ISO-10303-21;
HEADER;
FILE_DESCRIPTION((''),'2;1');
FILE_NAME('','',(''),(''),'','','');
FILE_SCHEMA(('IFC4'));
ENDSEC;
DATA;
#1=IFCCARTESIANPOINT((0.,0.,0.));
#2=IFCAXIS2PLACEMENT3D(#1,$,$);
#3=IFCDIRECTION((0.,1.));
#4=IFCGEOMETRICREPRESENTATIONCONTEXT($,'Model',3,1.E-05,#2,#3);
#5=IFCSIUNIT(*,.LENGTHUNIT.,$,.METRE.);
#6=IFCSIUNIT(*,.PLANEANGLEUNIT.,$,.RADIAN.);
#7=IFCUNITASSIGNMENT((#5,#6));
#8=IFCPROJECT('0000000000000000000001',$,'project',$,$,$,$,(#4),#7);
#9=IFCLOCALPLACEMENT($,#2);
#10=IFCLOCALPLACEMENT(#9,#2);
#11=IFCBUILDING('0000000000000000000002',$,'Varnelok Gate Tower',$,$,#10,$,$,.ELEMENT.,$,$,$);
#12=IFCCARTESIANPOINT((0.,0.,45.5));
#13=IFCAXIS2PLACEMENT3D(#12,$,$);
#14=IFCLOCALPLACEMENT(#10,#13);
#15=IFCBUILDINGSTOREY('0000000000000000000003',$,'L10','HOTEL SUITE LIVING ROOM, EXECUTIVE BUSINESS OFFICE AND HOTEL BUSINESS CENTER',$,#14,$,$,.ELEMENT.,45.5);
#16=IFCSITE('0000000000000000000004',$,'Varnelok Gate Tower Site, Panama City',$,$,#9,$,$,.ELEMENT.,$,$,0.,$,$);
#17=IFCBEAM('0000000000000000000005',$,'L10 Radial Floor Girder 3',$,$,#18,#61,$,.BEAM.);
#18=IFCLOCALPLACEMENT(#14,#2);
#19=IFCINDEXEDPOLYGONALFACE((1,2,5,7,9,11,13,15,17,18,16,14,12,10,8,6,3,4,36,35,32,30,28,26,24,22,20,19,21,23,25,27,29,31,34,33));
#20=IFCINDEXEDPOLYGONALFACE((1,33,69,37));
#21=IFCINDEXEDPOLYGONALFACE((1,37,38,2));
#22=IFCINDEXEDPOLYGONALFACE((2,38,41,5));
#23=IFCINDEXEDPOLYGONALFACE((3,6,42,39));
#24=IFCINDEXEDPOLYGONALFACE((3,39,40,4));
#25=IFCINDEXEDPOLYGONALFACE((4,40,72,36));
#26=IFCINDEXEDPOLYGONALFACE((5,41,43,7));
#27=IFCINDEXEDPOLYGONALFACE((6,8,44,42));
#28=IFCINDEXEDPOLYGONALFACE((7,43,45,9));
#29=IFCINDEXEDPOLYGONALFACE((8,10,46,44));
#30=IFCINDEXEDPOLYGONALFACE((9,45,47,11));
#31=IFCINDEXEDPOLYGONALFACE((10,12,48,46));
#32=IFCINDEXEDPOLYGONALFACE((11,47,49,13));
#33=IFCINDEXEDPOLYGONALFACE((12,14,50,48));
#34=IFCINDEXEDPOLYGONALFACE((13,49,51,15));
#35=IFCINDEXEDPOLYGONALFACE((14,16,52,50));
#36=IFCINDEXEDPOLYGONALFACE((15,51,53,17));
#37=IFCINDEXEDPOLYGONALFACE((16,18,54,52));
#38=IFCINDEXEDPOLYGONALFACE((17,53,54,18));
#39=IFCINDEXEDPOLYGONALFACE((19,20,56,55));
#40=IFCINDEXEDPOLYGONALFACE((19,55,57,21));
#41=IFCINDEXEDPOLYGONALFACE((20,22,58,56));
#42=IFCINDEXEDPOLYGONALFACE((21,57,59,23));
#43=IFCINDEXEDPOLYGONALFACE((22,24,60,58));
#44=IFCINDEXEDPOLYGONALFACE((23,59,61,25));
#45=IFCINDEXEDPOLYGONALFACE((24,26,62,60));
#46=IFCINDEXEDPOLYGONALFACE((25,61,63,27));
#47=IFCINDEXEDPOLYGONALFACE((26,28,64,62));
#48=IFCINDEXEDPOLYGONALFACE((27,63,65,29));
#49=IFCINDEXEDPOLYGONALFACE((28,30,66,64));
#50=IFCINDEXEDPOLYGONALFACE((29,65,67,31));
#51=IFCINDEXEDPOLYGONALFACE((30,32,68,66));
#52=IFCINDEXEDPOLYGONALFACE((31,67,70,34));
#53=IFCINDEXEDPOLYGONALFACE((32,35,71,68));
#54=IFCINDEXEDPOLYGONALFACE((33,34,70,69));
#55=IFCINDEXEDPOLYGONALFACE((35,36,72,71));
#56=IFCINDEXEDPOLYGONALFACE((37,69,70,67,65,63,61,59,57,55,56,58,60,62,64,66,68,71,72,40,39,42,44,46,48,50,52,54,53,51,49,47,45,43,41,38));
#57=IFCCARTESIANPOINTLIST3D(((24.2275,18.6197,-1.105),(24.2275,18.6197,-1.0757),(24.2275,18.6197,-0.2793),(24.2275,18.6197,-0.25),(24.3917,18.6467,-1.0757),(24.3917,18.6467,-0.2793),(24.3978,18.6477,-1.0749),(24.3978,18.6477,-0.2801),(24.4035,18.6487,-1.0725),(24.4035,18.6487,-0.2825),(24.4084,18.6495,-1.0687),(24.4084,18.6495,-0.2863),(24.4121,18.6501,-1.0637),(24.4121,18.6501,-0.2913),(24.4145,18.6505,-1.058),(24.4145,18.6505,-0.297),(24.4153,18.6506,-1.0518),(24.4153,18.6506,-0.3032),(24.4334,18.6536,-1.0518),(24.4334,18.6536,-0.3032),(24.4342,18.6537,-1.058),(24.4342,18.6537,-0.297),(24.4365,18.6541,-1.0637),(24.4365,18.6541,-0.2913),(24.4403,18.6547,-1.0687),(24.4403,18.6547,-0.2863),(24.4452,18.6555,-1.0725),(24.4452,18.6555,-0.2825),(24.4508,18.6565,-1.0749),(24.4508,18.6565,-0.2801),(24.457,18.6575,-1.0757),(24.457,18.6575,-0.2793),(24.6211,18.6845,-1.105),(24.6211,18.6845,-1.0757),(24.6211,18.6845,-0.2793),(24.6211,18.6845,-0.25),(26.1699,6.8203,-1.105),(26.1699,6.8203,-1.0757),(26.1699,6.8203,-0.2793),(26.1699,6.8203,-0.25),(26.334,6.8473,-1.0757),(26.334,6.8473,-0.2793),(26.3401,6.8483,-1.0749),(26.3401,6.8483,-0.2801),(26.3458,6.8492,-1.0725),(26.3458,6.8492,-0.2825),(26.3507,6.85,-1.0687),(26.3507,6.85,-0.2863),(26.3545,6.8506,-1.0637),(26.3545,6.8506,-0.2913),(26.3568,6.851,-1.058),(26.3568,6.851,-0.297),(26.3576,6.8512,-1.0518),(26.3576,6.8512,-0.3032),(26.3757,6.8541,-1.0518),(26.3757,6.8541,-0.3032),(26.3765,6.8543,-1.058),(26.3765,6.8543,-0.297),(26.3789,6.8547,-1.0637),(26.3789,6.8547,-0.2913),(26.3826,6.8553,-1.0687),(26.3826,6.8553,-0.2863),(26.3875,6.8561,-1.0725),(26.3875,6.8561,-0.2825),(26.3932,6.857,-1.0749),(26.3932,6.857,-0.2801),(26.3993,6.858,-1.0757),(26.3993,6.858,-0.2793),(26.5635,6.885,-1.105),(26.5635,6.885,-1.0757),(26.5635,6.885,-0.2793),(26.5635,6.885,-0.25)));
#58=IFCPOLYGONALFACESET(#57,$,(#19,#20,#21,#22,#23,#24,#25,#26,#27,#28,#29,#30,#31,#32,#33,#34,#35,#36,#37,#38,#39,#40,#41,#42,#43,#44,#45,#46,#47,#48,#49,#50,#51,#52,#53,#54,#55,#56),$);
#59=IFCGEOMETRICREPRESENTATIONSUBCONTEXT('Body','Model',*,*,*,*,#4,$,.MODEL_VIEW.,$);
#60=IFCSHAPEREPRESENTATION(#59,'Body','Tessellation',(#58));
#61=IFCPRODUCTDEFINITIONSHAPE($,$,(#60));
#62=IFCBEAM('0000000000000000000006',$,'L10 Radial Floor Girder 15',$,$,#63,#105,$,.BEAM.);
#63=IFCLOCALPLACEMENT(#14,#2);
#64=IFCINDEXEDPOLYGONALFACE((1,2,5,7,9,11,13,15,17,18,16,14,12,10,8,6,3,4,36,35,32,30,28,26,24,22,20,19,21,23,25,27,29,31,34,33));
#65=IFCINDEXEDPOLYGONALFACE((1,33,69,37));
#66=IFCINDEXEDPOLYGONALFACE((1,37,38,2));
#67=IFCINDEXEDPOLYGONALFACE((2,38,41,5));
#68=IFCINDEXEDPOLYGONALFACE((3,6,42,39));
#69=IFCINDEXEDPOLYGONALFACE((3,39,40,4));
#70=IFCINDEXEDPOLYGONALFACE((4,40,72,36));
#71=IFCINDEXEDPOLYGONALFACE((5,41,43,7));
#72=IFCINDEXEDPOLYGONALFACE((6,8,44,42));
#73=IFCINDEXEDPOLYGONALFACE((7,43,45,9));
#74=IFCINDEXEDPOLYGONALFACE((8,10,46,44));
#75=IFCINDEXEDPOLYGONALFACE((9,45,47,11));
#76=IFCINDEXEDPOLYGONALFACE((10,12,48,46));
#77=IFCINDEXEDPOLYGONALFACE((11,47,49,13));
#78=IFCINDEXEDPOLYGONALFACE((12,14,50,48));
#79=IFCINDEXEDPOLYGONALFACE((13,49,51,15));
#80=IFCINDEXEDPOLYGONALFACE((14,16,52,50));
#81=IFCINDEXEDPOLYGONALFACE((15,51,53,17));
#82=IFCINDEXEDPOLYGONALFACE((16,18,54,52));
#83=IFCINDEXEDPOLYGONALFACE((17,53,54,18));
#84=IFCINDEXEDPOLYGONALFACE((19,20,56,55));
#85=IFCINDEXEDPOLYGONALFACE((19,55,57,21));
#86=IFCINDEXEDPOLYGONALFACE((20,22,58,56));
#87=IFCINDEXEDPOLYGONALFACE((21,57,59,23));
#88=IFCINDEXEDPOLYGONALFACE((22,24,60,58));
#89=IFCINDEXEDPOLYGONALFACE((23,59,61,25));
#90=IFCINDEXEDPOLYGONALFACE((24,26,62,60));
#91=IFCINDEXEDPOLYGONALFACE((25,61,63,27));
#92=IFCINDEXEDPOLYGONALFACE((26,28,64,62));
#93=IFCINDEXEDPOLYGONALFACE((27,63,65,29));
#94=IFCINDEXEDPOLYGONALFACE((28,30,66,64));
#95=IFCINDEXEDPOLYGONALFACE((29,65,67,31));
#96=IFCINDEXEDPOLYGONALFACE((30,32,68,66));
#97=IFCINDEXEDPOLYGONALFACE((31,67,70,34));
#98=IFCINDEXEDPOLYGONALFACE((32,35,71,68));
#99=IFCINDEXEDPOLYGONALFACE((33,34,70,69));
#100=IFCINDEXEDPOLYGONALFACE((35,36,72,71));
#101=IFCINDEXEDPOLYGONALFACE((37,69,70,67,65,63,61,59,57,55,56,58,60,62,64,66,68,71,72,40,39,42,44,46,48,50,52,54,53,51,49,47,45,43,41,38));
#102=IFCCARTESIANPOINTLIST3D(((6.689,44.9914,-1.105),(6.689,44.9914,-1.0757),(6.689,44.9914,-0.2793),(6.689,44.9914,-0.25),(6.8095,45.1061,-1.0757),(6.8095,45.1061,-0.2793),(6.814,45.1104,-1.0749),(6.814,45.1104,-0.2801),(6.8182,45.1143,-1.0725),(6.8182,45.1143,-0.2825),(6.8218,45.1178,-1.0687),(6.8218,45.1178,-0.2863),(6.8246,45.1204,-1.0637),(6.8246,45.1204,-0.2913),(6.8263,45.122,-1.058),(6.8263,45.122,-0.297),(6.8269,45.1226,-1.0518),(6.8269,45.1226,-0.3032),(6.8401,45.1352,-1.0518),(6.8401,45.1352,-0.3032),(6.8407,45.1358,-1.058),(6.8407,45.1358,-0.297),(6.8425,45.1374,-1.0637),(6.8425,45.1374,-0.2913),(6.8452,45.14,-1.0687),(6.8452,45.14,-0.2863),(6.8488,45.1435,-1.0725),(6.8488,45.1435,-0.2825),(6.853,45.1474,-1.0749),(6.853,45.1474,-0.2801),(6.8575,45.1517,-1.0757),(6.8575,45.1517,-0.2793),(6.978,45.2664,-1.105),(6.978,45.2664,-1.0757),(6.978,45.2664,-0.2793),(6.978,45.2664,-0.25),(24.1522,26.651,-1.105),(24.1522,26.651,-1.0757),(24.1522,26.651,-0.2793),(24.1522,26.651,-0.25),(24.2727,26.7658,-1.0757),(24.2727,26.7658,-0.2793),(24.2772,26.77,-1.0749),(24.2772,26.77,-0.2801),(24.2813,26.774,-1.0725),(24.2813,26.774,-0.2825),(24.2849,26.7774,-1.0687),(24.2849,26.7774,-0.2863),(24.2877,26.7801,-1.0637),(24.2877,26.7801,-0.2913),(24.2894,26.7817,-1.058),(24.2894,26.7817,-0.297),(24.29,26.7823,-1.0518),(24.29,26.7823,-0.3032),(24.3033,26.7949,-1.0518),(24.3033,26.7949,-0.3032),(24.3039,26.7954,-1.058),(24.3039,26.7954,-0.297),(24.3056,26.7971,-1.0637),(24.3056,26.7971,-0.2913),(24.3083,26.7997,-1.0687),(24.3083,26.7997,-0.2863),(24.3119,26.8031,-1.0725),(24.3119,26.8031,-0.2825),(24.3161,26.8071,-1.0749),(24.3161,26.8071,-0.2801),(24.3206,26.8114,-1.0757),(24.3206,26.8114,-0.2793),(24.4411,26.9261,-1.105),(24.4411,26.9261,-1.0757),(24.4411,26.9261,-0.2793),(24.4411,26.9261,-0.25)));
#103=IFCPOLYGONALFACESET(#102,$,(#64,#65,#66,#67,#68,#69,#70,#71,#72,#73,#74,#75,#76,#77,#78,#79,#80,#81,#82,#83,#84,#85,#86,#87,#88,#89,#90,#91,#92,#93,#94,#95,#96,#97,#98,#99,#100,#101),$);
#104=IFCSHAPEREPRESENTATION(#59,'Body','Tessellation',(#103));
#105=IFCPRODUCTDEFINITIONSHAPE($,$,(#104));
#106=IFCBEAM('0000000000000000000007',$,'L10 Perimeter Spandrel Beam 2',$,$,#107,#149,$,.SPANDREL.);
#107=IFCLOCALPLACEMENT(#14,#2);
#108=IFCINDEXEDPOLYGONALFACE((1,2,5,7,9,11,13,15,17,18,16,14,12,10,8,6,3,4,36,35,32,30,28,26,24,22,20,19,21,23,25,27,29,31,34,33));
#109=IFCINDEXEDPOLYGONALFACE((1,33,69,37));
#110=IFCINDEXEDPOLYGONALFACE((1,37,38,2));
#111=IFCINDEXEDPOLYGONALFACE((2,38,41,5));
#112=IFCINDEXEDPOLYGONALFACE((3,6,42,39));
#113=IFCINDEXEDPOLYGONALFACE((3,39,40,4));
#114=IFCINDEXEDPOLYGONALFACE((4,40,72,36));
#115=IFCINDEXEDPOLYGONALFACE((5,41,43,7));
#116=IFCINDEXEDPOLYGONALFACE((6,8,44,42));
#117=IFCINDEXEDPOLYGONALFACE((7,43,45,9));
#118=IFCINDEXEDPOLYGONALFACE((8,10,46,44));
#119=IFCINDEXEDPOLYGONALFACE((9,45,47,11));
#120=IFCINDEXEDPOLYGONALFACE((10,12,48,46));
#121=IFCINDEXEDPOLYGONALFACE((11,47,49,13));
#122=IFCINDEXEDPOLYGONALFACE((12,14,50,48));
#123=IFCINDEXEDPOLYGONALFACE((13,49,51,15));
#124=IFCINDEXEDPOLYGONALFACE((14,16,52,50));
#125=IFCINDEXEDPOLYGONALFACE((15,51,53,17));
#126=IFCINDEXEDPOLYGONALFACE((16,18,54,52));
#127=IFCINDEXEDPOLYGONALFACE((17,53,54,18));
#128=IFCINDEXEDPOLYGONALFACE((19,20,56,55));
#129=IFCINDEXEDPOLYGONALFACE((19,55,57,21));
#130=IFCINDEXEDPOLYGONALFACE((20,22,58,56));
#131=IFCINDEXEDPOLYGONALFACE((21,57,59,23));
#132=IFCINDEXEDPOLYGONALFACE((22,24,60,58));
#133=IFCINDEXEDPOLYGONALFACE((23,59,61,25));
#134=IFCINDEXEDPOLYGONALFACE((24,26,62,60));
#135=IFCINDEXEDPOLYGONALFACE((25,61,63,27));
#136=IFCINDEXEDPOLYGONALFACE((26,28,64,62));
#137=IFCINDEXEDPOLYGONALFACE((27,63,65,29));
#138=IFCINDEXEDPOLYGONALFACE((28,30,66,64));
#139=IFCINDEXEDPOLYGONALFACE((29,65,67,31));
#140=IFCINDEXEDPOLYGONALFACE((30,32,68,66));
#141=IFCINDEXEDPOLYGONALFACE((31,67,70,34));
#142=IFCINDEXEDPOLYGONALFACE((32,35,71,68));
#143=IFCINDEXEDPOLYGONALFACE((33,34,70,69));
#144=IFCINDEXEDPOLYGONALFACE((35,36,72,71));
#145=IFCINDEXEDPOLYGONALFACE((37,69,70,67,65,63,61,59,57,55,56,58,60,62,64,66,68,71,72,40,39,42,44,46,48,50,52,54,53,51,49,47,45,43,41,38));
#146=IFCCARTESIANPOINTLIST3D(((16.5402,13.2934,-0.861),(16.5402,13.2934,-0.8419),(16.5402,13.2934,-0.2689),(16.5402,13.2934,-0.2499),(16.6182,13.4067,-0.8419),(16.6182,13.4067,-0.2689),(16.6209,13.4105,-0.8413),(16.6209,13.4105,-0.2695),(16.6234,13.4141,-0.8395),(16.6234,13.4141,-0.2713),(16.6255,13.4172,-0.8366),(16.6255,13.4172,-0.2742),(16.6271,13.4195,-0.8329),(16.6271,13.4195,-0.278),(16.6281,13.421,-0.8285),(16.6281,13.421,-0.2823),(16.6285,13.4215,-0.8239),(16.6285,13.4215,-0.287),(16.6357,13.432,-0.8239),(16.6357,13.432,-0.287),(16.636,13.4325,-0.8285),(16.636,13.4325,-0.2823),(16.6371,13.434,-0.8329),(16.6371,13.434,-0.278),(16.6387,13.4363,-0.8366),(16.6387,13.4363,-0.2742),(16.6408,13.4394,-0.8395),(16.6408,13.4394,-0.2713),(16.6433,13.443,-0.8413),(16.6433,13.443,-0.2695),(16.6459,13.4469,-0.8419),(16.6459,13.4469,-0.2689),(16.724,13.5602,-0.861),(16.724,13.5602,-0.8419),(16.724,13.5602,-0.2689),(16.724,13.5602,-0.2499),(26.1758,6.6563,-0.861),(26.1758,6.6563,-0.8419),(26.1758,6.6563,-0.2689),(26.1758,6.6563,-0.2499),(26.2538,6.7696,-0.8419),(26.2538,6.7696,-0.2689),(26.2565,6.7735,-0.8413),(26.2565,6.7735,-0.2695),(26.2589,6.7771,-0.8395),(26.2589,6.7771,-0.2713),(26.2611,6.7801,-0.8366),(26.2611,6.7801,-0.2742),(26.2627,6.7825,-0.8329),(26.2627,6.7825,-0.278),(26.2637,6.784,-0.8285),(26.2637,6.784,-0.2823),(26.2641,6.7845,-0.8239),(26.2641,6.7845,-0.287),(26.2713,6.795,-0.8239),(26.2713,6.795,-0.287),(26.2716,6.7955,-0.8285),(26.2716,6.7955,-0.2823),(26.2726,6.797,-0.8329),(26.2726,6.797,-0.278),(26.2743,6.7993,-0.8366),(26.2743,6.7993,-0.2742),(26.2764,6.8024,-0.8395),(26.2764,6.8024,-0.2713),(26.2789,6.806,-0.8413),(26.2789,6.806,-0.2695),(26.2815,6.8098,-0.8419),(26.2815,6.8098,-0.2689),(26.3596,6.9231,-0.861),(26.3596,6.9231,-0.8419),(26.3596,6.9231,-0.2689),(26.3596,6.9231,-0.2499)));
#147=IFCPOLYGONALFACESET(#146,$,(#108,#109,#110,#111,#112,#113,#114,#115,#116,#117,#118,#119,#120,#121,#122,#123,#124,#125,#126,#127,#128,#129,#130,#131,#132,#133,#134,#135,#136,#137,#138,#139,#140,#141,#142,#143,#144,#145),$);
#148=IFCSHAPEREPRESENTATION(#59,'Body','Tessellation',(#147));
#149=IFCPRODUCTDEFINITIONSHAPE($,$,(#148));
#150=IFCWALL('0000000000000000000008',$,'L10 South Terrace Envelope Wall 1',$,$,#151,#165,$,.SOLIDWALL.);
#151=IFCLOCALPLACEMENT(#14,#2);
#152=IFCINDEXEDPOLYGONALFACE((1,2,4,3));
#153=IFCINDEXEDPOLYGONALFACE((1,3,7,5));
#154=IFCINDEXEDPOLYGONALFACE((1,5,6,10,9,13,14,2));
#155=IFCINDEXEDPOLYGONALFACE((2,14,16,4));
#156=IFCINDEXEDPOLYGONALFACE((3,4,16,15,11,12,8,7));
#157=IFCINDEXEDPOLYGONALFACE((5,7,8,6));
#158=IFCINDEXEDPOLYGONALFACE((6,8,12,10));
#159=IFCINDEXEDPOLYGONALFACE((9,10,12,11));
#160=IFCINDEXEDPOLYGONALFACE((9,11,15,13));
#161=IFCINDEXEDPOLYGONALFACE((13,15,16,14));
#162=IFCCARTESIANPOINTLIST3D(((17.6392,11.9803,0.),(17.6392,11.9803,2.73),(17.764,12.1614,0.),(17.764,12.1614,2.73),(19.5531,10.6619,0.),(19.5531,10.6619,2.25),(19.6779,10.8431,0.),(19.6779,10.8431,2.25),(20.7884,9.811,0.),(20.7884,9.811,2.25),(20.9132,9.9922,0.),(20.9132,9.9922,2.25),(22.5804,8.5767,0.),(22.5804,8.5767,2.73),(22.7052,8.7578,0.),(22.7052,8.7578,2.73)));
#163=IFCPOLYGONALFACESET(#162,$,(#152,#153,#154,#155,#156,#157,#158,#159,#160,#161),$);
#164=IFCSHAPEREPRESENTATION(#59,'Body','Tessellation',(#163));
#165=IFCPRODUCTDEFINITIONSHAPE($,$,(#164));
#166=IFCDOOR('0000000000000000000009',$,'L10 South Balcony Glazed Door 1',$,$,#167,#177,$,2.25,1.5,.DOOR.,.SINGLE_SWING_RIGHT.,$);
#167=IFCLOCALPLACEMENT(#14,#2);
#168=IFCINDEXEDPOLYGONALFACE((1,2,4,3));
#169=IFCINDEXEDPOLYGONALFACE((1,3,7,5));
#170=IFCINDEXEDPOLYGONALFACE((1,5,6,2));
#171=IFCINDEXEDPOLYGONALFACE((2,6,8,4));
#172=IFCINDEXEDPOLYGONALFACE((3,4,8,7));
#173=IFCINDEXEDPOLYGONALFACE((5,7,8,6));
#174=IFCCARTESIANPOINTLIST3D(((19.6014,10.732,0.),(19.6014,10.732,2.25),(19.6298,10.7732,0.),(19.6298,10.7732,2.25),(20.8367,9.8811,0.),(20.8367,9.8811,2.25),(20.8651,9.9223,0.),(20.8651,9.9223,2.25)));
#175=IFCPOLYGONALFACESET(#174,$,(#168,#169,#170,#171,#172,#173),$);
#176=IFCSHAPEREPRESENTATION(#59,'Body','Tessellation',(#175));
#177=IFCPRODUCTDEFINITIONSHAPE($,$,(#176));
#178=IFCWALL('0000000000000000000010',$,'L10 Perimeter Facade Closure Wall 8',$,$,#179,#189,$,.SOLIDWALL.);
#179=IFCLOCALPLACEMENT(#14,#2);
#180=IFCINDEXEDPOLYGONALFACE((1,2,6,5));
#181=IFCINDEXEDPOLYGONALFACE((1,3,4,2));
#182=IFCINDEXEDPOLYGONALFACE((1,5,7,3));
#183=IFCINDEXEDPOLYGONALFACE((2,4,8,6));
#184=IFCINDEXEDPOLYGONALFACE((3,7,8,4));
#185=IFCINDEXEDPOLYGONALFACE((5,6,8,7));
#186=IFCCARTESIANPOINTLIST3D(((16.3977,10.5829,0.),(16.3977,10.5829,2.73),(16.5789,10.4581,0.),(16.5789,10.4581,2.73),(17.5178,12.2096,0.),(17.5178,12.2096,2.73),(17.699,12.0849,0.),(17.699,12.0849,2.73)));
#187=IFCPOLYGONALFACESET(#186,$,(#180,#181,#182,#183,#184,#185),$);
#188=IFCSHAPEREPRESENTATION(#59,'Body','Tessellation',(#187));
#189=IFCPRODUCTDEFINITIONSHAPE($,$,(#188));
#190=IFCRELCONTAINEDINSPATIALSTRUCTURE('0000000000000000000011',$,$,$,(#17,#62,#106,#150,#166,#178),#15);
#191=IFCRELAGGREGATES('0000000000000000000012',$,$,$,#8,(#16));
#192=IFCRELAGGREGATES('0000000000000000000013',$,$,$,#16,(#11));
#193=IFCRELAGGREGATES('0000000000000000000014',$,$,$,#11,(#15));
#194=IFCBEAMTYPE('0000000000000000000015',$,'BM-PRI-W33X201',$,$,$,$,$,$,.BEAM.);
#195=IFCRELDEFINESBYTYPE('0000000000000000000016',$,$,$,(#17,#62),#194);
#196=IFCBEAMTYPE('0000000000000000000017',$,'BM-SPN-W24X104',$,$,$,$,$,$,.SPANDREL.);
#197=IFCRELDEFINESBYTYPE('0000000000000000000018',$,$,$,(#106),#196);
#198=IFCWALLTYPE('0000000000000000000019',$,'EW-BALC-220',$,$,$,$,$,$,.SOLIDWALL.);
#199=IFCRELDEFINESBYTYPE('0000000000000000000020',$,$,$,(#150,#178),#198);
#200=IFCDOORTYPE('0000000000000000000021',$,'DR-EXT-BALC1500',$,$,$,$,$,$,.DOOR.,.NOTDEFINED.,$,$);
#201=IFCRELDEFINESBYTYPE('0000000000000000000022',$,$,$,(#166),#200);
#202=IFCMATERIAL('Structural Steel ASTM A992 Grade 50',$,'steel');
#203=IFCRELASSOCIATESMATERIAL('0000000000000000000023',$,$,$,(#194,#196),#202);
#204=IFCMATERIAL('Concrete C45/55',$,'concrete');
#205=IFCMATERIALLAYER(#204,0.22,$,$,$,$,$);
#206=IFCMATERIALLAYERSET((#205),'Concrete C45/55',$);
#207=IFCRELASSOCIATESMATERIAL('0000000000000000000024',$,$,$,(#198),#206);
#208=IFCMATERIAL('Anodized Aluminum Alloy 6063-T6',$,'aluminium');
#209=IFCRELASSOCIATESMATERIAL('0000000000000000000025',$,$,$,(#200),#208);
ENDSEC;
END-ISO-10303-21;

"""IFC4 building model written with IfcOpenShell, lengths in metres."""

from ifc_helpers import new_model, si_unit, direction, frame, frame_2d, origin, origin_2d, place, context, subcontext, project, spatial, rectangle, i_section, extrude, material, layer, layer_set, material_profile, profile_set, type_object, element, fill, save


model = new_model("IFC4")

# Units and contexts
model_context = context("Model", 3, precision=1e-05, world=origin(), true_north=direction((0.0, 1.0)))
body_context = subcontext(model_context, "Body", "Model", "MODEL_VIEW")
ifc_project = project(units=[si_unit("LENGTHUNIT", "METRE"), si_unit("PLANEANGLEUNIT", "RADIAN")], contexts=[model_context])

# Site, building, storey
site_placement = place(None, origin())
site = spatial("IfcSite", under=ifc_project, at=site_placement, Name="Varnelok Gate Tower Site, Panama City", CompositionType="ELEMENT", RefElevation=0.0)
building_placement = place(site_placement, origin())
building = spatial("IfcBuilding", under=site, at=building_placement, Name="Varnelok Gate Tower", CompositionType="ELEMENT")
storey_placement = place(building_placement, frame((0.0, 0.0, 45.5)))
storey = spatial("IfcBuildingStorey", under=building, at=storey_placement, Name="L10", Description="HOTEL SUITE LIVING ROOM, EXECUTIVE BUSINESS OFFICE AND HOTEL BUSINESS CENTER", CompositionType="ELEMENT", Elevation=45.5)

# Shared definitions
ifc_material_1 = material(Name="Structural Steel ASTM A992 Grade 50", Category="steel")

# Beams
ifc_material_profile_1 = material_profile(ifc_material_1, i_section(OverallWidth=0.3989, OverallDepth=0.855, WebThickness=0.0183, FlangeThickness=0.0293, FilletRadius=0.0239, at=origin_2d()), Name="W33X201")
ifc_profile_set_1 = profile_set([ifc_material_profile_1], Name="Structural Steel ASTM A992 Grade 50")
beam_type_1 = type_object("IfcBeamType", Name="BM-PRI-W33X201", PredefinedType="BEAM", material=ifc_profile_set_1)
beam_1_placement = place(storey_placement, frame((24.4243, 18.6521, -0.6775), z_axis=(0.162429, -0.98672, 0.0), x_axis=(0.98672, 0.162429, 0.0)))
element("IfcBeam", 1, at=beam_1_placement, inside=storey, type_object=beam_type_1, Name="L10 Radial Floor Girder 3", PredefinedType="BEAM", context=body_context, shape_type="SweptSolid", body=[
    extrude(i_section(OverallWidth=0.3989, OverallDepth=0.855, WebThickness=0.0183, FlangeThickness=0.0293, FilletRadius=0.0239, at=origin_2d()), origin(), (0.0, 0.0, 1.0), 11.9583),
])
beam_2_placement = place(storey_placement, frame((24.2966, 26.7886, -0.6775), z_axis=(-0.689575, 0.724214, 0.0), x_axis=(-0.724214, -0.689575, 0.0)))
element("IfcBeam", 2, at=beam_2_placement, inside=storey, type_object=beam_type_1, Name="L10 Radial Floor Girder 15", PredefinedType="BEAM", context=body_context, shape_type="SweptSolid", body=[
    extrude(i_section(OverallWidth=0.3989, OverallDepth=0.855, WebThickness=0.0183, FlangeThickness=0.0293, FilletRadius=0.0239, at=origin_2d()), origin(), (0.0, 0.0, 1.0), 25.3245),
])
ifc_material_profile_2 = material_profile(ifc_material_1, i_section(OverallWidth=0.324, OverallDepth=0.6111, WebThickness=0.0127, FlangeThickness=0.019, FilletRadius=0.0181, at=origin_2d()), Name="W24X104")
ifc_profile_set_2 = profile_set([ifc_material_profile_2], Name="Structural Steel ASTM A992 Grade 50")
beam_type_2 = type_object("IfcBeamType", Name="BM-SPN-W24X104", PredefinedType="SPANDREL", material=ifc_profile_set_2)
beam_3_placement = place(storey_placement, frame((16.6321, 13.4268, -0.5554), z_axis=(0.823541, -0.567257, 0.0), x_axis=(0.567257, 0.823541, 0.0)))
element("IfcBeam", 3, at=beam_3_placement, inside=storey, type_object=beam_type_2, Name="L10 Perimeter Spandrel Beam 2", PredefinedType="SPANDREL", context=body_context, shape_type="SweptSolid", body=[
    extrude(i_section(OverallWidth=0.324, OverallDepth=0.6111, WebThickness=0.0127, FlangeThickness=0.019, FilletRadius=0.0181, at=origin_2d()), origin(), (0.0, 0.0, 1.0), 11.7002),
])

# Wall, opening, door
ifc_material_2 = material(Name="Concrete C45/55", Category="concrete")
ifc_layer_1 = layer(ifc_material_2, 0.22)
ifc_layer_set_1 = layer_set([ifc_layer_1], Name="Concrete C45/55")
wall_type_1 = type_object("IfcWallType", Name="EW-BALC-220", PredefinedType="SOLIDWALL", material=ifc_layer_set_1)
wall_1_placement = place(storey_placement, frame((22.6428, 8.6672, 0.0), z_axis=(0.0, 0.0, 1.0), x_axis=(-0.823535, 0.567266, 0.0)))
wall_1 = element("IfcWall", 4, at=wall_1_placement, inside=storey, type_object=wall_type_1, Name="L10 South Terrace Envelope Wall 1", PredefinedType="SOLIDWALL", context=body_context, shape_type="SweptSolid", body=[
    extrude(rectangle(XDim=6.0, YDim=0.22, at=frame_2d((3.0, 0.0))), origin(), (0.0, 0.0, 1.0), 2.73),
])
opening_1_placement = place(wall_1_placement, frame((2.176, 0.0, 0.0)))
opening_1 = element("IfcOpeningElement", 5, at=opening_1_placement, cuts=wall_1, PredefinedType="OPENING", context=body_context, shape_type="SweptSolid", body=[
    extrude(rectangle(XDim=1.5, YDim=2.25, at=frame_2d((0.75, 1.125))), frame((0.0, 0.1199, 0.0), z_axis=(0.0, -1.0, 0.0), x_axis=(1.0, 0.0, 0.0)), (0.0, 0.0, 1.0), 0.24),
])
ifc_material_3 = material(Name="Anodized Aluminum Alloy 6063-T6", Category="aluminium")
door_type_1 = type_object("IfcDoorType", Name="DR-EXT-BALC1500", OperationType="NOTDEFINED", PredefinedType="DOOR", material=ifc_material_3)
door_1_placement = place(opening_1_placement, origin())
door_1 = element("IfcDoor", 6, at=door_1_placement, inside=storey, type_object=door_type_1, Name="L10 South Balcony Glazed Door 1", OperationType="SINGLE_SWING_RIGHT", OverallHeight=2.25, OverallWidth=1.5, PredefinedType="DOOR", context=body_context, shape_type="SweptSolid", body=[
    extrude(rectangle(XDim=1.5, YDim=2.25, at=frame_2d((0.75, 1.125))), frame((0.0, 0.0249, 0.0), z_axis=(0.0, -1.0, 0.0), x_axis=(1.0, 0.0, 0.0)), (0.0, 0.0, 1.0), 0.05),
])
fill(opening_1, door_1)

# Wall
wall_2_placement = place(storey_placement, frame((16.4883, 10.5205, 0.0), z_axis=(0.0, 0.0, 1.0), x_axis=(0.567132, 0.823627, 0.0)))
element("IfcWall", 7, at=wall_2_placement, inside=storey, type_object=wall_type_1, Name="L10 Perimeter Facade Closure Wall 8", PredefinedType="SOLIDWALL", context=body_context, shape_type="SweptSolid", body=[
    extrude(rectangle(XDim=1.9751, YDim=0.22, at=frame_2d((0.9875, 0.0))), origin(), (0.0, 0.0, 1.0), 2.73),
])

save(model, "model.ifc")
